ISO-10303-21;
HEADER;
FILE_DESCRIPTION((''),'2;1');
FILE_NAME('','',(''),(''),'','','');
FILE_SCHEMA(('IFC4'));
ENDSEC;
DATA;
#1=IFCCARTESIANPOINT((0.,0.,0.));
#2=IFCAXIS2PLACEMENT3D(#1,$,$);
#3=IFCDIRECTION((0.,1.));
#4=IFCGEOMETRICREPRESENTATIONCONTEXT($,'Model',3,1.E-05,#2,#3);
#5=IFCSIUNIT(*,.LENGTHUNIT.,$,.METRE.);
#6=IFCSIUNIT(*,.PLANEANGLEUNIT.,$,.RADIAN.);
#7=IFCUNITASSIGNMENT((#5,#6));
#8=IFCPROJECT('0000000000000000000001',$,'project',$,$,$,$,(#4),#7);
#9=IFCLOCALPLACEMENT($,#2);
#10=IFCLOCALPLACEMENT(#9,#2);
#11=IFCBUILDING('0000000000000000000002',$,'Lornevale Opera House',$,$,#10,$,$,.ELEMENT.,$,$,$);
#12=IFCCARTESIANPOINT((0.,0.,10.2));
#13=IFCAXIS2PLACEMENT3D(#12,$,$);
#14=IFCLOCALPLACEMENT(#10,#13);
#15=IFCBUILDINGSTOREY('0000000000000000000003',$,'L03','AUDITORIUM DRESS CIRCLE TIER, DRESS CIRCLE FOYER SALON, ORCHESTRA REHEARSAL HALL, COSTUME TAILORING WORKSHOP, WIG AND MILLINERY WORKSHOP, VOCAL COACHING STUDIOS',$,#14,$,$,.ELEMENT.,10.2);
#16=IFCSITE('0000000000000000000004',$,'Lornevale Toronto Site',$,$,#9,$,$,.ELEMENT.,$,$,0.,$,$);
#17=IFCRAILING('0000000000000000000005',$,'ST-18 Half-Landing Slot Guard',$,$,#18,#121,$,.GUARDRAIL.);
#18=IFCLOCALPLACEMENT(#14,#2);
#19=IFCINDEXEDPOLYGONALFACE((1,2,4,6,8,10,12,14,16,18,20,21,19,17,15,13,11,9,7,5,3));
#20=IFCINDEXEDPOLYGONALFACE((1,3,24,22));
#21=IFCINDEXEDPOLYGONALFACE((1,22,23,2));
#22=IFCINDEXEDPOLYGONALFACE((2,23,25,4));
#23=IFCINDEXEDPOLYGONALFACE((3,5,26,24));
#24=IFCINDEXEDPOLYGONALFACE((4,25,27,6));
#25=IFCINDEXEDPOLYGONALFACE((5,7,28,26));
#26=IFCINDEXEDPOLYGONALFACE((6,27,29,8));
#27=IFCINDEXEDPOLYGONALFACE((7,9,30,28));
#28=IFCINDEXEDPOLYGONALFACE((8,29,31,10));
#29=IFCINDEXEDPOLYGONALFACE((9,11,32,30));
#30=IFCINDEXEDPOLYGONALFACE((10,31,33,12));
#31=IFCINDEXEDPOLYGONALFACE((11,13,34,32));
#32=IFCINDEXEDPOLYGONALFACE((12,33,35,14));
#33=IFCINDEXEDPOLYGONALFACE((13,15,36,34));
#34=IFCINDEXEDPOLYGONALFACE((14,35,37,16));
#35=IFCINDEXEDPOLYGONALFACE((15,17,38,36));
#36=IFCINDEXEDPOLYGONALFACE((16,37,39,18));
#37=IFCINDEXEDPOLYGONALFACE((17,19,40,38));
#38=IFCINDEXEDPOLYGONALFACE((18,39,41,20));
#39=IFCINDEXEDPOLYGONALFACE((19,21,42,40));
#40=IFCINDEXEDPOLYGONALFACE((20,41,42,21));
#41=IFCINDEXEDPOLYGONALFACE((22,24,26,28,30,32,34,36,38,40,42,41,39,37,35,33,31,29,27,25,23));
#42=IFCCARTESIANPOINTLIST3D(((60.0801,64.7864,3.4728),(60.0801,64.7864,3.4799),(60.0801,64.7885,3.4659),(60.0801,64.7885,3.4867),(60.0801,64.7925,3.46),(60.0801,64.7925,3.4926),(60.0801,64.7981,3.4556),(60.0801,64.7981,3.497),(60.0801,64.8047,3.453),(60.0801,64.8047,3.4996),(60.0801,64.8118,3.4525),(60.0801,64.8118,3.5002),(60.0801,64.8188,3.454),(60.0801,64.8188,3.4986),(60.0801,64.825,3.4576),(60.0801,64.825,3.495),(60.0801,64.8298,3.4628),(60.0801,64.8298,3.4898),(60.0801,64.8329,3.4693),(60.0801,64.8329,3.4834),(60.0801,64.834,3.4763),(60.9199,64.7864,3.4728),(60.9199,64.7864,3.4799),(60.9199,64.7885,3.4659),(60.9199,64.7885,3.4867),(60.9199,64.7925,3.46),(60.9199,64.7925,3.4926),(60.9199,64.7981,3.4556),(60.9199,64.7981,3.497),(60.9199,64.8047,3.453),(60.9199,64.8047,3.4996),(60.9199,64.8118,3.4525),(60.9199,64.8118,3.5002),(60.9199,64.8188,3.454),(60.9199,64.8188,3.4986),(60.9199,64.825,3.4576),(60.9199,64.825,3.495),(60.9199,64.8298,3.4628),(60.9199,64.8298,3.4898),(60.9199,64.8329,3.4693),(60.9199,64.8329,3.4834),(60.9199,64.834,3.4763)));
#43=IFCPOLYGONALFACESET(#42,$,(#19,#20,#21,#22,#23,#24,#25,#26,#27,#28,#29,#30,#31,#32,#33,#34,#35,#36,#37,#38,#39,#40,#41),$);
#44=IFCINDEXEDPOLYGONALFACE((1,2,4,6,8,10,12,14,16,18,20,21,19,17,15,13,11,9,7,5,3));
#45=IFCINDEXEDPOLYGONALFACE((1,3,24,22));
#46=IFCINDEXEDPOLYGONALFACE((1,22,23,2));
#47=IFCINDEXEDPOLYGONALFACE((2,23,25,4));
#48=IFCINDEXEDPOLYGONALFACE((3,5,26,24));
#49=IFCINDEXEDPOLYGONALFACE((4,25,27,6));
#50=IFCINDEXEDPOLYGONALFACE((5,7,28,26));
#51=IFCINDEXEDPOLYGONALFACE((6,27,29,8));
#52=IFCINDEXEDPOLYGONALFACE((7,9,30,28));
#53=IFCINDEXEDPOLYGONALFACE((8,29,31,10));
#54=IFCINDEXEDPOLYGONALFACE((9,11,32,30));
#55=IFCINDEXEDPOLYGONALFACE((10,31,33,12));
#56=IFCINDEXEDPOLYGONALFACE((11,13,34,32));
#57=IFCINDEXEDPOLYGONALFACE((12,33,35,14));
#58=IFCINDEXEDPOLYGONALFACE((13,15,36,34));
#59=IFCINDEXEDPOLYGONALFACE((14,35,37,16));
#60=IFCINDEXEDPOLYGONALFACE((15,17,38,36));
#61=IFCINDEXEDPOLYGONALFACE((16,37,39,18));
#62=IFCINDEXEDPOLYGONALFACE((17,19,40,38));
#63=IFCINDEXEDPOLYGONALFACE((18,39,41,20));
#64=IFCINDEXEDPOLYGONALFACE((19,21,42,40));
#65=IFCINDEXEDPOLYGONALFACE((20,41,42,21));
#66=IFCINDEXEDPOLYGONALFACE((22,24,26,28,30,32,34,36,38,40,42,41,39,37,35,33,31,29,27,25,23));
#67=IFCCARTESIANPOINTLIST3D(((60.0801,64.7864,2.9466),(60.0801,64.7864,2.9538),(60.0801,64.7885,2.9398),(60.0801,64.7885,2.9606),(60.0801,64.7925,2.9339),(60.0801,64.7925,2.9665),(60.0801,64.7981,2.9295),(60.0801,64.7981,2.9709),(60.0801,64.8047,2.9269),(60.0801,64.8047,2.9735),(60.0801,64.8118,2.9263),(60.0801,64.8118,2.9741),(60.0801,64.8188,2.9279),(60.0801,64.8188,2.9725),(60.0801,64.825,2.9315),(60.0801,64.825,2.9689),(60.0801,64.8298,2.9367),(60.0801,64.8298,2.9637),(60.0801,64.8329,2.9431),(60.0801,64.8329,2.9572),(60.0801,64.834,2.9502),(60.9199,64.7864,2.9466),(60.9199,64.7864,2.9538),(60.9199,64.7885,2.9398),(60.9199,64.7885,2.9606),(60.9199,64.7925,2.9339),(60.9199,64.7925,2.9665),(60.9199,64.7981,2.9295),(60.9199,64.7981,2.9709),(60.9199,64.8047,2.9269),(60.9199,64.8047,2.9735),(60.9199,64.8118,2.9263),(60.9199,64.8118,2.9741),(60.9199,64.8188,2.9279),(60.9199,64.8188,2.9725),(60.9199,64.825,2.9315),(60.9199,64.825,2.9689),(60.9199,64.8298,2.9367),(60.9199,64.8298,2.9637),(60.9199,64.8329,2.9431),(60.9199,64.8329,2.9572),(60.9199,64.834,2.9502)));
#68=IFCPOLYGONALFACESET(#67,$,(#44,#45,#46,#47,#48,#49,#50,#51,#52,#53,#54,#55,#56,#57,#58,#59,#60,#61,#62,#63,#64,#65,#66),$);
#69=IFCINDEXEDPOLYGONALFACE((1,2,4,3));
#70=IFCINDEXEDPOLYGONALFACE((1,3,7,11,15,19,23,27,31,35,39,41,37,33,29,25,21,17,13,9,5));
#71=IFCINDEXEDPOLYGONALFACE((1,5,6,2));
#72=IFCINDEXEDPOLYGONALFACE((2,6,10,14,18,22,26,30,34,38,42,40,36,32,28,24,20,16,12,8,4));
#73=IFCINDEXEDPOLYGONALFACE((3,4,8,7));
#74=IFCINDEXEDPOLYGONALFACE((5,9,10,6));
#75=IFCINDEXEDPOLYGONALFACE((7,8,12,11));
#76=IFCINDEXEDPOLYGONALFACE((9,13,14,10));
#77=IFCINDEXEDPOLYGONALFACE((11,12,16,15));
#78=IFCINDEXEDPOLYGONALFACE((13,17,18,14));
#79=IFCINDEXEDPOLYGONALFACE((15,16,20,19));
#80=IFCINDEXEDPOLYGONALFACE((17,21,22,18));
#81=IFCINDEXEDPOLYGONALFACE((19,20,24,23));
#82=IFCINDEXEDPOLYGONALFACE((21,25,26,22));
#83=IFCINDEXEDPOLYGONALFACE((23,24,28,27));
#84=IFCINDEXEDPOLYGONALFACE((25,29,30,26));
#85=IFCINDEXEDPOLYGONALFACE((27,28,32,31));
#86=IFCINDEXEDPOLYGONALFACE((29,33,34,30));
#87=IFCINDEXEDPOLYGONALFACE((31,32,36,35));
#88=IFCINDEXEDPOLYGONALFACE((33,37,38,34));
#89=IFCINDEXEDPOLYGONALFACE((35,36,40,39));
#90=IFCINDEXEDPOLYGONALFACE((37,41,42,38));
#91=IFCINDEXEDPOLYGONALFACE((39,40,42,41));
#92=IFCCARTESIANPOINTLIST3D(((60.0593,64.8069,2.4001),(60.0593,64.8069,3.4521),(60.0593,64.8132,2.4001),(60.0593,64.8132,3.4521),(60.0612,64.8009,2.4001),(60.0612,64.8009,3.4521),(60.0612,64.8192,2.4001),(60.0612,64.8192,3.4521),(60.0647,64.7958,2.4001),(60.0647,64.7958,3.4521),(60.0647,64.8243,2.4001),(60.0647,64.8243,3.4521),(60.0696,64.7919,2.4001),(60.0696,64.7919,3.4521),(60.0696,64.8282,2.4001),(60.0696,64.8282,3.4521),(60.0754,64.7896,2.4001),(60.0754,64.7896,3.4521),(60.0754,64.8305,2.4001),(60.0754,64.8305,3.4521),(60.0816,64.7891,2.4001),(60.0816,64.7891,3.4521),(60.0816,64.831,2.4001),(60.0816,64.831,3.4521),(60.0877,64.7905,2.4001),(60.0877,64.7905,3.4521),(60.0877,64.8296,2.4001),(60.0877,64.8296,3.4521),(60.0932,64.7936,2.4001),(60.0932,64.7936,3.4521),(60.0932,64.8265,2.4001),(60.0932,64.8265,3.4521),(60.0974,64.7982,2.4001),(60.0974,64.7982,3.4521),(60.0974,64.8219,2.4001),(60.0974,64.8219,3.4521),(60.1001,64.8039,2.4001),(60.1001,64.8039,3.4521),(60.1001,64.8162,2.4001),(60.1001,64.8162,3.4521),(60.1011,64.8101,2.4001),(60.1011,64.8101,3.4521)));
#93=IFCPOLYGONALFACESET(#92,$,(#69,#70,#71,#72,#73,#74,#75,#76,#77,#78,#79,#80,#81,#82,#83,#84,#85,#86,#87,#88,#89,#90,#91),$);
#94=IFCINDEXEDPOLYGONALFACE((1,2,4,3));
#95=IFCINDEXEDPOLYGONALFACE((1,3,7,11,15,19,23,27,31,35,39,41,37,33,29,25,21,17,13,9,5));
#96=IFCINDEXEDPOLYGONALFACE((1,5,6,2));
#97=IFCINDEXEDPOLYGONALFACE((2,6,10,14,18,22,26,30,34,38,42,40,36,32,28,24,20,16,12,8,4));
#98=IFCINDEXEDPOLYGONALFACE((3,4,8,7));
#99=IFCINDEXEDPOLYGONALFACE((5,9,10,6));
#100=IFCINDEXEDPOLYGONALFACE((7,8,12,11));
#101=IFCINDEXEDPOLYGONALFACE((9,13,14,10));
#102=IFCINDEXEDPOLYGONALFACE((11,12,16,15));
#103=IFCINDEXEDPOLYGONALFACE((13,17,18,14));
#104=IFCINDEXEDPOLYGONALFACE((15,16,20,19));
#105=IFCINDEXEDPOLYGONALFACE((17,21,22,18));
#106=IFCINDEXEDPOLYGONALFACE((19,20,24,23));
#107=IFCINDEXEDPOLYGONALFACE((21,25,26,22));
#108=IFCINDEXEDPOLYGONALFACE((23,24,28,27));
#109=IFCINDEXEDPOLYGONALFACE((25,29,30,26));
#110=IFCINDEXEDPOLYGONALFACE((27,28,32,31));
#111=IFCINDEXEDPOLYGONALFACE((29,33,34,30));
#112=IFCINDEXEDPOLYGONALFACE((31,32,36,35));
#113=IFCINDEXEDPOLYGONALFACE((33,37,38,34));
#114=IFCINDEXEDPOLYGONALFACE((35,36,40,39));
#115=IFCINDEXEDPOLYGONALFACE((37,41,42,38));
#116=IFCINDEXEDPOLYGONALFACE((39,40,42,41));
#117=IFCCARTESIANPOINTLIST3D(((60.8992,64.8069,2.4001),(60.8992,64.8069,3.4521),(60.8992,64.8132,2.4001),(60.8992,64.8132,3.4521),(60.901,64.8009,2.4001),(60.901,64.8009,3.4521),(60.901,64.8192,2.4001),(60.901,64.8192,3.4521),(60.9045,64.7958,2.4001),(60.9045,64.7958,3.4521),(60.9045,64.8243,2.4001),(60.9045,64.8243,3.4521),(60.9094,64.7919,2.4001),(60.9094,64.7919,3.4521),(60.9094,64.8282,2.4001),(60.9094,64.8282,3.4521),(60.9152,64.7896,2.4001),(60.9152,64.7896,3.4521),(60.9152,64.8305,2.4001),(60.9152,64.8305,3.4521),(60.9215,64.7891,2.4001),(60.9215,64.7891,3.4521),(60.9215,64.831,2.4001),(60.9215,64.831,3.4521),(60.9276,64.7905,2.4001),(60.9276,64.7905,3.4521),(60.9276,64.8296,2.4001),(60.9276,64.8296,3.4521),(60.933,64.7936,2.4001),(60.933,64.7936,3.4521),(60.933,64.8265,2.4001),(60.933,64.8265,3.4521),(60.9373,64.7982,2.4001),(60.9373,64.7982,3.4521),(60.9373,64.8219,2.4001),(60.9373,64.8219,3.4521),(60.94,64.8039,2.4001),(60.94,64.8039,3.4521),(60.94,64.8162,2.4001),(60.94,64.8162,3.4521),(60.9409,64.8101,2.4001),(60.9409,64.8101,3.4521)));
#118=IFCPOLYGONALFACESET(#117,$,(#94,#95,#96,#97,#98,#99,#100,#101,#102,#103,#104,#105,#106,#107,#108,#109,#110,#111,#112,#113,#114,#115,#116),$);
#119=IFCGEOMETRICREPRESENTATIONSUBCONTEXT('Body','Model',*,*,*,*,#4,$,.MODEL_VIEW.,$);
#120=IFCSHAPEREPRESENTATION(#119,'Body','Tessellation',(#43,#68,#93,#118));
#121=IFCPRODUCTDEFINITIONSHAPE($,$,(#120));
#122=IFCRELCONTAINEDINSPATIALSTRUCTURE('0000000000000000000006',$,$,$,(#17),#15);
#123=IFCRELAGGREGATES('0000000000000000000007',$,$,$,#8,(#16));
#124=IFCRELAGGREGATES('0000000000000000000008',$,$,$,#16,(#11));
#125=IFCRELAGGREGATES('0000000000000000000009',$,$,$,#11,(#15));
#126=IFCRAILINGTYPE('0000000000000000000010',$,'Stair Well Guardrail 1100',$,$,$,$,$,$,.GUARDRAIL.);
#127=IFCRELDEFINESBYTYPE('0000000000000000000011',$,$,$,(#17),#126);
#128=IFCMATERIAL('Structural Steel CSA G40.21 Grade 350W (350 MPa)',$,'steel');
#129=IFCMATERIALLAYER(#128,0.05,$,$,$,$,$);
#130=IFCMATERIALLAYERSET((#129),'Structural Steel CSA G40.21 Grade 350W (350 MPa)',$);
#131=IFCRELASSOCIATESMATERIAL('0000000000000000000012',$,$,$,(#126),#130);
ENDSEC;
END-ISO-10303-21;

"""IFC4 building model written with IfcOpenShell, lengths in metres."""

from ifc_helpers import new_model, si_unit, direction, frame, origin, origin_2d, place, context, subcontext, project, spatial, circle, extrude, material, layer, layer_set, type_object, element, save


model = new_model("IFC4")

# Units and contexts
model_context = context("Model", 3, precision=1e-05, world=origin(), true_north=direction((0.0, 1.0)))
body_context = subcontext(model_context, "Body", "Model", "MODEL_VIEW")
ifc_project = project(units=[si_unit("LENGTHUNIT", "METRE"), si_unit("PLANEANGLEUNIT", "RADIAN")], contexts=[model_context])

# Site, building, storey
site_placement = place(None, origin())
site = spatial("IfcSite", under=ifc_project, at=site_placement, Name="Lornevale Toronto Site", CompositionType="ELEMENT", RefElevation=0.0)
building_placement = place(site_placement, origin())
building = spatial("IfcBuilding", under=site, at=building_placement, Name="Lornevale Opera House", CompositionType="ELEMENT")
storey_placement = place(building_placement, frame((0.0, 0.0, 10.2)))
storey = spatial("IfcBuildingStorey", under=building, at=storey_placement, Name="L03", Description="AUDITORIUM DRESS CIRCLE TIER, DRESS CIRCLE FOYER SALON, ORCHESTRA REHEARSAL HALL, COSTUME TAILORING WORKSHOP, WIG AND MILLINERY WORKSHOP, VOCAL COACHING STUDIOS", CompositionType="ELEMENT", Elevation=10.2)

# Railing
ifc_material_1 = material(Name="Structural Steel CSA G40.21 Grade 350W (350 MPa)", Category="steel")
ifc_layer_1 = layer(ifc_material_1, 0.05)
ifc_layer_set_1 = layer_set([ifc_layer_1], Name="Structural Steel CSA G40.21 Grade 350W (350 MPa)")
railing_type_1 = type_object("IfcRailingType", Name="Stair Well Guardrail 1100", PredefinedType="GUARDRAIL", material=ifc_layer_set_1)
railing_1_placement = place(storey_placement, frame((60.0801, 64.8101, 2.4001)))
element("IfcRailing", 1, at=railing_1_placement, inside=storey, type_object=railing_type_1, Name="ST-18 Half-Landing Slot Guard", PredefinedType="GUARDRAIL", context=body_context, shape_type="SweptSolid", body=[
    extrude(circle(Radius=0.0239, at=origin_2d()), frame((0.0, 0.0, 1.0762), z_axis=(1.0, 0.0, 0.0), x_axis=(0.0, 1.0, 0.0)), (0.0, 0.0, 1.0), 0.8398),
    extrude(circle(Radius=0.0239, at=origin_2d()), frame((0.0, 0.0, 0.55), z_axis=(1.0, 0.0, 0.0), x_axis=(0.0, 1.0, 0.0)), (0.0, 0.0, 1.0), 0.8398),
    extrude(circle(Radius=0.021, at=origin_2d()), origin(), (0.0, 0.0, 1.0), 1.052),
    extrude(circle(Radius=0.021, at=origin_2d()), frame((0.8398, 0.0, 0.0)), (0.0, 0.0, 1.0), 1.052),
])

save(model, "model.ifc")
